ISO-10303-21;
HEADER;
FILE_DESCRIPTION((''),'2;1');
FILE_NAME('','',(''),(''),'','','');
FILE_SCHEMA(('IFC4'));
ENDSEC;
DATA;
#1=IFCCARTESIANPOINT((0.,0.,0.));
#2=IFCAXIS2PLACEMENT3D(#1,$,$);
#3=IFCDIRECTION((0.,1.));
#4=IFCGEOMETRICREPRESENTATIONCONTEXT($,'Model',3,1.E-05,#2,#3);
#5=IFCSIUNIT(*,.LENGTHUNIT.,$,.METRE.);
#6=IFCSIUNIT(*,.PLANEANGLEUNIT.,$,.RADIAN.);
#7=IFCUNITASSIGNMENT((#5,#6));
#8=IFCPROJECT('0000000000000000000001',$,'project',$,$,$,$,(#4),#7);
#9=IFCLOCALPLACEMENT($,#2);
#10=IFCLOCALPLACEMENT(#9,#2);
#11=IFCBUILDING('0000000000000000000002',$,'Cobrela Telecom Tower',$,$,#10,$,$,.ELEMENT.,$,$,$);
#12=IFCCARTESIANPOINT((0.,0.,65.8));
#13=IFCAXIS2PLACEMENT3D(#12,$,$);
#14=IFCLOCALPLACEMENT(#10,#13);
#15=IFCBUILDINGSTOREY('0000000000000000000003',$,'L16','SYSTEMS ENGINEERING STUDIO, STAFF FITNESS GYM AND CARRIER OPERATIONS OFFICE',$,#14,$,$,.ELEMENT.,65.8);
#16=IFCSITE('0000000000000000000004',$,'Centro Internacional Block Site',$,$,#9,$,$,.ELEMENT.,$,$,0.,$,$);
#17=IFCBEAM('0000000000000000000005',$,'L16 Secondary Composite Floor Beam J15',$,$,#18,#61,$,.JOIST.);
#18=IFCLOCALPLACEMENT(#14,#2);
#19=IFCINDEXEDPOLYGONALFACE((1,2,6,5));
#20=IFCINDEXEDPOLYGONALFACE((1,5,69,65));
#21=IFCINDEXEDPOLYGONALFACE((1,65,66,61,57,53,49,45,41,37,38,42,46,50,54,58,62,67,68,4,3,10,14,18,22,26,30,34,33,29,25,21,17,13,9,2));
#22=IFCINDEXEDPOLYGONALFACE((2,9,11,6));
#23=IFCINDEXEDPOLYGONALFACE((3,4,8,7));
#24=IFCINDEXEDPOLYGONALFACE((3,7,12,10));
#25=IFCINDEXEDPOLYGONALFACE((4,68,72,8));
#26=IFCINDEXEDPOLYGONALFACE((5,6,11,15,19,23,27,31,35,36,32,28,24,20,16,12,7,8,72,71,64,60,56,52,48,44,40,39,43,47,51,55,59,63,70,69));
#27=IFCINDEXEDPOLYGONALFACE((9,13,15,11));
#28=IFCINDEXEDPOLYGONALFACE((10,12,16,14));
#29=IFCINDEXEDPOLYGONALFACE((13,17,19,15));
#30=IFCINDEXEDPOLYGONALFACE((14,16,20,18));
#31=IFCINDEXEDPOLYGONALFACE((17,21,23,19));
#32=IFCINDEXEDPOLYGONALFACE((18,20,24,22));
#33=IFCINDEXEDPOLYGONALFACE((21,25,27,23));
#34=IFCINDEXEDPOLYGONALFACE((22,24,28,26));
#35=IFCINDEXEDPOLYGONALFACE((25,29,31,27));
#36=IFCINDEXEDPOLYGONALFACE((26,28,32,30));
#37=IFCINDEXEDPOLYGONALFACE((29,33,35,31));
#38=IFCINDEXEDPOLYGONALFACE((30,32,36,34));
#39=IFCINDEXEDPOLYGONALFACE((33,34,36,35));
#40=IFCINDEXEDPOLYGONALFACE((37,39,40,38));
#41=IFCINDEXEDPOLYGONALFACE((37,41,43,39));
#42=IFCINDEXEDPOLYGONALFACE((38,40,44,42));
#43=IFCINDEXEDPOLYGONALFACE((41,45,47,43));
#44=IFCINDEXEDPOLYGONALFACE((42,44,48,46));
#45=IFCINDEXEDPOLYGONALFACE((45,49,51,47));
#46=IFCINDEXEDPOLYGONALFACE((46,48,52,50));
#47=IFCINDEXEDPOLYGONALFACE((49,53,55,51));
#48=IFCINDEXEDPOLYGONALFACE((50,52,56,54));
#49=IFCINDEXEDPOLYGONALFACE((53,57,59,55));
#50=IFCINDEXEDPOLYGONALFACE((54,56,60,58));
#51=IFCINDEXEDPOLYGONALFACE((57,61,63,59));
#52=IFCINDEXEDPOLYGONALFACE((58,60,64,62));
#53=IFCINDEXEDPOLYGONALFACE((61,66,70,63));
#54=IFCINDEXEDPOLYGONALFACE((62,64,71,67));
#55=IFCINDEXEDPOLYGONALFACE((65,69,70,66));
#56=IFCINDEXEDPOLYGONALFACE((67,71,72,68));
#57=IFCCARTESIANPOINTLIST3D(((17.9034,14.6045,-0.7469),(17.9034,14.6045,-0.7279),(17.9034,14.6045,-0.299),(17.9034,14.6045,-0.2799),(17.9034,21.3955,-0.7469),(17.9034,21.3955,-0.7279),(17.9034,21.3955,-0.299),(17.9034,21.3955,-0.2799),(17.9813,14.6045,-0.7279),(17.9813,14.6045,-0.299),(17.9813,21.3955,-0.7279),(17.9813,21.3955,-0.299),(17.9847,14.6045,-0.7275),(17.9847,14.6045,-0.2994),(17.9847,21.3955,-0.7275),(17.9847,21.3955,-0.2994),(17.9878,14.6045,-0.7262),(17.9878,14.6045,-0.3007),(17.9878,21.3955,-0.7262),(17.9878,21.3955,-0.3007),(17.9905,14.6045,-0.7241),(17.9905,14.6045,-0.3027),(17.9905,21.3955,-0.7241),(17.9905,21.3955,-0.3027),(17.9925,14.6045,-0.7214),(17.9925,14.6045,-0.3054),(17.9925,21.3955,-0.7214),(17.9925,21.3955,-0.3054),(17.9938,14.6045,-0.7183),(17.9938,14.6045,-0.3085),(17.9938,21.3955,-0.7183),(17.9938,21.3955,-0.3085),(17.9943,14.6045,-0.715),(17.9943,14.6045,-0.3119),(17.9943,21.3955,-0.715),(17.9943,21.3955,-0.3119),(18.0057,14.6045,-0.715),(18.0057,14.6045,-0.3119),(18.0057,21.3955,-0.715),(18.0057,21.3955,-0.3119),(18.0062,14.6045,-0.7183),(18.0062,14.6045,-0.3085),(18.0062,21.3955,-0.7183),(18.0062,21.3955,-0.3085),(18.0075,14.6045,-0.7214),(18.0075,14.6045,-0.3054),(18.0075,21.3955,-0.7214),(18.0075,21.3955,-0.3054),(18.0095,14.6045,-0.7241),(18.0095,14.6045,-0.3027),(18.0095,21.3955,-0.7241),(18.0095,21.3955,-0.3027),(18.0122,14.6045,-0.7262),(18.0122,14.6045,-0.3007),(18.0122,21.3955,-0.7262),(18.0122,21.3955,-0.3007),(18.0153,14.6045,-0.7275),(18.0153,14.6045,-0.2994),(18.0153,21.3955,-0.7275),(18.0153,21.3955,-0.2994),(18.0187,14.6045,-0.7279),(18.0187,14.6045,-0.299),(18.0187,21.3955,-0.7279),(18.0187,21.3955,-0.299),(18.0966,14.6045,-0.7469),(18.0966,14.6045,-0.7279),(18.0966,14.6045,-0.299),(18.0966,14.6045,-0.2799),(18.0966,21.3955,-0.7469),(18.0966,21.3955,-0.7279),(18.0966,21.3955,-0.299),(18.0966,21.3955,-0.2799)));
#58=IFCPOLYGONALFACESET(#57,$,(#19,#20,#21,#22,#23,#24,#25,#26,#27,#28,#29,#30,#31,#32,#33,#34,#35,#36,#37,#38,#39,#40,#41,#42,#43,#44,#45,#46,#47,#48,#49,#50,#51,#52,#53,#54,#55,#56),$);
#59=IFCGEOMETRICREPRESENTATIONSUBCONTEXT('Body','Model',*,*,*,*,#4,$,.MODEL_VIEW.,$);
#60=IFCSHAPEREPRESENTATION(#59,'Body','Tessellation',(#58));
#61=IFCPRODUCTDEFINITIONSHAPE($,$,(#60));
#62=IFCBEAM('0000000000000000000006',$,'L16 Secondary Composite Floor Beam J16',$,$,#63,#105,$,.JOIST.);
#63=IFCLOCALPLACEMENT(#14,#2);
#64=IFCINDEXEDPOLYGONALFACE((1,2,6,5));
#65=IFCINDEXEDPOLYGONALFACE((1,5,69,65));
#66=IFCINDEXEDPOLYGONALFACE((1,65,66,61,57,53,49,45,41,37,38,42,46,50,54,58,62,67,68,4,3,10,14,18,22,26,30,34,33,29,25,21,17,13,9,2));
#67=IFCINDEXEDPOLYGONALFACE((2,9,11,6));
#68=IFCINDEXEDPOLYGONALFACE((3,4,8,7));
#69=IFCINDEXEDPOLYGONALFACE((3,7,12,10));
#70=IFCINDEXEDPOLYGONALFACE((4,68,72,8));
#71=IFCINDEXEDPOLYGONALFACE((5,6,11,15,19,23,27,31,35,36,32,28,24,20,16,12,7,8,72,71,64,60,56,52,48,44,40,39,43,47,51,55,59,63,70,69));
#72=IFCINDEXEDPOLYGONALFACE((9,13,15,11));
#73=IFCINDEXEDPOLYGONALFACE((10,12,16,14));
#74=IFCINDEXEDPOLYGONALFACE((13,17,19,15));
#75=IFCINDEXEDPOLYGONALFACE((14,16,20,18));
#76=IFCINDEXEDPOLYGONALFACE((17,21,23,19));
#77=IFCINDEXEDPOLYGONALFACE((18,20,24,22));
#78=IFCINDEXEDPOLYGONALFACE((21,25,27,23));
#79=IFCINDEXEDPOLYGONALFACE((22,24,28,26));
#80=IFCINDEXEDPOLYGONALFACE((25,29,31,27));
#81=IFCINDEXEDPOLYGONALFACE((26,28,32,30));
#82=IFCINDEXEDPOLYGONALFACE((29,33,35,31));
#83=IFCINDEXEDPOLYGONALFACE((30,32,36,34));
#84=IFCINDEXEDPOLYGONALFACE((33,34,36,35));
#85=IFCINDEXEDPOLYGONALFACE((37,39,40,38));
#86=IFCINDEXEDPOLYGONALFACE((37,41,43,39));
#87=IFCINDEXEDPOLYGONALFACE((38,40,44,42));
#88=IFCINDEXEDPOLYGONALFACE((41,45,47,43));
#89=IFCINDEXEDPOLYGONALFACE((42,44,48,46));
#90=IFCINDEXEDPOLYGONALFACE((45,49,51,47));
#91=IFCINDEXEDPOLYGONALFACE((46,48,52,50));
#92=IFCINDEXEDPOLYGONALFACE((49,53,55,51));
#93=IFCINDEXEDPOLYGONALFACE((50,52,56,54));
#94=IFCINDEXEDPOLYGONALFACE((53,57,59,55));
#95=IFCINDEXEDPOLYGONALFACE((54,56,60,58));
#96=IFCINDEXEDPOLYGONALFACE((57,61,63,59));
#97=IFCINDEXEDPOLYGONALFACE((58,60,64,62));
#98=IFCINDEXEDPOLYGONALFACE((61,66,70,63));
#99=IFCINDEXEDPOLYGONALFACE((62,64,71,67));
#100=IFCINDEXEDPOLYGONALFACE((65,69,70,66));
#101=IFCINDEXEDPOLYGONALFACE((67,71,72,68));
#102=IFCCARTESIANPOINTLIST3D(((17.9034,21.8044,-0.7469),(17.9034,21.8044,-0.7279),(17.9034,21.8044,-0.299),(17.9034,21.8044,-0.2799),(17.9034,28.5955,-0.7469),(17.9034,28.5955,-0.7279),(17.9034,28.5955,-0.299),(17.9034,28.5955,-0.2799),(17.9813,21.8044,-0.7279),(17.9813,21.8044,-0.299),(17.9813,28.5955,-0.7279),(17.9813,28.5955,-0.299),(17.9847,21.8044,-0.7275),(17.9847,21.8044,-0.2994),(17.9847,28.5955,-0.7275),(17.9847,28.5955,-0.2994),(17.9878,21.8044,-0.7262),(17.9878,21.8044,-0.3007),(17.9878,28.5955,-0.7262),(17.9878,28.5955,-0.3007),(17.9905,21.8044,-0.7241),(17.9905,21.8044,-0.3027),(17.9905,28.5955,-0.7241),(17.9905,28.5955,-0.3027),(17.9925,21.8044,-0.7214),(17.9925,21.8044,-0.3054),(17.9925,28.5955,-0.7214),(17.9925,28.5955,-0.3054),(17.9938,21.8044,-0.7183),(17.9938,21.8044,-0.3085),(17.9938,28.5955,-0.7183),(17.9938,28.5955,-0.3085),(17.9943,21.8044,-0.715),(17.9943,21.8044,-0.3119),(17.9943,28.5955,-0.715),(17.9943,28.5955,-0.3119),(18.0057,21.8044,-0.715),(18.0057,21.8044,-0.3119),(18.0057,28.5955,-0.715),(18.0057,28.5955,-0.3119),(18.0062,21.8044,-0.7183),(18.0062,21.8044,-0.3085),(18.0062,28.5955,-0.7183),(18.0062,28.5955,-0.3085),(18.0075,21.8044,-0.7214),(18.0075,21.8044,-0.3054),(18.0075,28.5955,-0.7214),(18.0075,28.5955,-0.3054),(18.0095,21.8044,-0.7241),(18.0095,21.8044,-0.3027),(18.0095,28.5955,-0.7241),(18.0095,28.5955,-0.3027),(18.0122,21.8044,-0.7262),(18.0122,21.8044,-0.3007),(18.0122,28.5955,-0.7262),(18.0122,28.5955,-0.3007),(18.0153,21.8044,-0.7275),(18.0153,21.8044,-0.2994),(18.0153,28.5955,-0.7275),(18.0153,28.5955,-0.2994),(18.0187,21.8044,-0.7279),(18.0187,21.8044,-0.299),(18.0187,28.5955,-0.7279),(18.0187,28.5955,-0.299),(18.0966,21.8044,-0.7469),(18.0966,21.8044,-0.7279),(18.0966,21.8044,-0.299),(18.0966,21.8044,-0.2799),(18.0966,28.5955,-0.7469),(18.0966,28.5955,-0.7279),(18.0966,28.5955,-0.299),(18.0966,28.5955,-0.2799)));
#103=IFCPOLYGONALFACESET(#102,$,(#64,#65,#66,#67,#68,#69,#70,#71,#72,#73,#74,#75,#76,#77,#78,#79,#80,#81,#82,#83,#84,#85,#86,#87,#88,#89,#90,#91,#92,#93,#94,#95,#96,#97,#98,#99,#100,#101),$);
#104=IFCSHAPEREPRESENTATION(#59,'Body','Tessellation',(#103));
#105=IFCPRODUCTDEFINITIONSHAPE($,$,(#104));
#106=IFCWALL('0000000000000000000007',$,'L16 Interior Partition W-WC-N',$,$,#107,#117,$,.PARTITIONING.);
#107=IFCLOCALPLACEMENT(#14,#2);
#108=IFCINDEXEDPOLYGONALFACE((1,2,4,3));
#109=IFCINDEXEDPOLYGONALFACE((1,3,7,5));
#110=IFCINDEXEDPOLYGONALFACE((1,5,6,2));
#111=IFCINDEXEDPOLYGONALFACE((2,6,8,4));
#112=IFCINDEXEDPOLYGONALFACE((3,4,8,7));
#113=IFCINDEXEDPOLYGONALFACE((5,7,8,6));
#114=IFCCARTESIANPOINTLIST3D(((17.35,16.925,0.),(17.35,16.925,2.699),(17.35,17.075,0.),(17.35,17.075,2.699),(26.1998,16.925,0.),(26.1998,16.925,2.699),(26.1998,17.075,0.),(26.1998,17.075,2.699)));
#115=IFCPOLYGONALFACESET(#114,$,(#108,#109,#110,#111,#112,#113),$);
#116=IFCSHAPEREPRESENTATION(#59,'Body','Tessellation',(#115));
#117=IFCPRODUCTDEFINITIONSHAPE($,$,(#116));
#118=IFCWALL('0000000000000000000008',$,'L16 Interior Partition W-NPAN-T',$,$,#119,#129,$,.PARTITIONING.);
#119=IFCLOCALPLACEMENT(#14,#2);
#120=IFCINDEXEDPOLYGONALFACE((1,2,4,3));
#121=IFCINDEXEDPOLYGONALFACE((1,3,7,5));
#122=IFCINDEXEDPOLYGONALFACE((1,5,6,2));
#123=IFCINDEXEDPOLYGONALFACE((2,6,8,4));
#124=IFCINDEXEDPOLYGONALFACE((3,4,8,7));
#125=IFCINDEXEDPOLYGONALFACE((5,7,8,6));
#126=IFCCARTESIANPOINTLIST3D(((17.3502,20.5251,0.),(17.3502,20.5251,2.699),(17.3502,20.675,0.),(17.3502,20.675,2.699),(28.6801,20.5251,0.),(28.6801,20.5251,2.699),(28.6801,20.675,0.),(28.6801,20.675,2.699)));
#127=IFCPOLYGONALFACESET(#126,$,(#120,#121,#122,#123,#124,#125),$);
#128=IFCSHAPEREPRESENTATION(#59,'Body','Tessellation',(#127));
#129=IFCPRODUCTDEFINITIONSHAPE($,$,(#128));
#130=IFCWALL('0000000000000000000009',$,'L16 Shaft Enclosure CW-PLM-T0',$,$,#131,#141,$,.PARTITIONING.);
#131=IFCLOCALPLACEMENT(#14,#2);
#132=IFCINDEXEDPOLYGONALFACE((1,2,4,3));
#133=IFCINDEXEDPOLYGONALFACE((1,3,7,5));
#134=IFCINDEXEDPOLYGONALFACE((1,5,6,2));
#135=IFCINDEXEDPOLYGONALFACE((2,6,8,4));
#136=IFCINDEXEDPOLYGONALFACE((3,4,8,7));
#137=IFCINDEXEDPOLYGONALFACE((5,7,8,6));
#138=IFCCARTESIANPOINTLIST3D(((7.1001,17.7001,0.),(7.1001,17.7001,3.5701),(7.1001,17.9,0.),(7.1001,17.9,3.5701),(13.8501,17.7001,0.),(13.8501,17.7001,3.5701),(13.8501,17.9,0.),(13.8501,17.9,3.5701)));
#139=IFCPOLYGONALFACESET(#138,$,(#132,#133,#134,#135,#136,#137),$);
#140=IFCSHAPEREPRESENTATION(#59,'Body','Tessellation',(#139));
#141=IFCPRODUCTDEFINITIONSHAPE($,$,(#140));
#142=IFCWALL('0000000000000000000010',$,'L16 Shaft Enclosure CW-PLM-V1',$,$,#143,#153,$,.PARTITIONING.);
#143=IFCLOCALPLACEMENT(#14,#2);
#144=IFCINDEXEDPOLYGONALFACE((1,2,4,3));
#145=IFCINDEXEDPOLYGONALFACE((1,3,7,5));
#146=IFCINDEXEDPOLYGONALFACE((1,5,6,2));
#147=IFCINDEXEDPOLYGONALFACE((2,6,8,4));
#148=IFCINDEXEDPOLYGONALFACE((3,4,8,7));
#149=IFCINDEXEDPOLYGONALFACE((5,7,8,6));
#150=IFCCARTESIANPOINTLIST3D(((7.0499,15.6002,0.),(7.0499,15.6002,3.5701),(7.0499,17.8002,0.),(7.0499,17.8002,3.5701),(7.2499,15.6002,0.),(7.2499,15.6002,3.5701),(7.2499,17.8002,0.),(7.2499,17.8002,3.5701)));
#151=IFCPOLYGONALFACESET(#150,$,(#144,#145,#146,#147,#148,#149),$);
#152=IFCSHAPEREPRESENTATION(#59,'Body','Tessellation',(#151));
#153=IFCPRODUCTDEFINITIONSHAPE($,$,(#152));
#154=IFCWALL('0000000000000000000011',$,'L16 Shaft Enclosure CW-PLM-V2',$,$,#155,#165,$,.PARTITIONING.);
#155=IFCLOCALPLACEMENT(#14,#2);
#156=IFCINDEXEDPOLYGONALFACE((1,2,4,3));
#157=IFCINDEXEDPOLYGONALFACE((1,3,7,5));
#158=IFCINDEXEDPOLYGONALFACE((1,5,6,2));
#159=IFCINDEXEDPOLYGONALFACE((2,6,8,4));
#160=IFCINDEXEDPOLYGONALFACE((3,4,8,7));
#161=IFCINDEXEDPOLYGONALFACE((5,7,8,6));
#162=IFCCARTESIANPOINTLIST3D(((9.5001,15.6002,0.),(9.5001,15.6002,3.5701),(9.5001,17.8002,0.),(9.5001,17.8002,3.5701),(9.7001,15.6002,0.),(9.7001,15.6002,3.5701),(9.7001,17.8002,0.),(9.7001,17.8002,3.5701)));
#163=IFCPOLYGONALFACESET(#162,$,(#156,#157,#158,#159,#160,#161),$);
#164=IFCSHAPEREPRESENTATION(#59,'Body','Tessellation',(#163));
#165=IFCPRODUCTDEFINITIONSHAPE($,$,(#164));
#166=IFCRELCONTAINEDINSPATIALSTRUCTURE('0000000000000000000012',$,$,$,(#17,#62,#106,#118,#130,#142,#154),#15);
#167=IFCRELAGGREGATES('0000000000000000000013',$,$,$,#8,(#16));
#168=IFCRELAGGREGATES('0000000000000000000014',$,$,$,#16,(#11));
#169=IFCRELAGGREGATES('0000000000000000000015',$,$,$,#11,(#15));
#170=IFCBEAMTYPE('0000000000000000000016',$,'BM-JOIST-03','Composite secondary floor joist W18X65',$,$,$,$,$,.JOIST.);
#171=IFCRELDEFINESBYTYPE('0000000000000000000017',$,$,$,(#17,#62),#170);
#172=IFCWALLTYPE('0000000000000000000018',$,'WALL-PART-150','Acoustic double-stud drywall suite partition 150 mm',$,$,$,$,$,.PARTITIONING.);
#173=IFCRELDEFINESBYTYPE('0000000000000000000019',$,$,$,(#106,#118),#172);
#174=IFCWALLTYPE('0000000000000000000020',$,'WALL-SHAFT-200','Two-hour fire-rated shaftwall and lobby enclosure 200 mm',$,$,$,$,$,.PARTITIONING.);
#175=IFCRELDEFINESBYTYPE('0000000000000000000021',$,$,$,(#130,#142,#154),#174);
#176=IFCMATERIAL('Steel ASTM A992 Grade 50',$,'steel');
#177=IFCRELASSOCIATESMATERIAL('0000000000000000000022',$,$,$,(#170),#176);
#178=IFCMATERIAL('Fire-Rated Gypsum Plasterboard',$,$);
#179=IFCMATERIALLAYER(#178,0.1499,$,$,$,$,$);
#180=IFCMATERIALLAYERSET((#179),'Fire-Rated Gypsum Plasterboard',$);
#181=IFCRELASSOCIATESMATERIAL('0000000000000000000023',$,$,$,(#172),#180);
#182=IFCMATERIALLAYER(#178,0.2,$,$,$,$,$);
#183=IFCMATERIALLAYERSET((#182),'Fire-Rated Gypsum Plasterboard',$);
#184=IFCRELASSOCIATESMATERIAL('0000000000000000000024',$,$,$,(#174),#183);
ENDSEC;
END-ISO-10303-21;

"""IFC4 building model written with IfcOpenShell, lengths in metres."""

from ifc_helpers import new_model, si_unit, direction, frame, frame_2d, origin, origin_2d, place, context, subcontext, project, spatial, rectangle, i_section, extrude, material, layer, layer_set, material_profile, profile_set, type_object, element, save


model = new_model("IFC4")

# Units and contexts
model_context = context("Model", 3, precision=1e-05, world=origin(), true_north=direction((0.0, 1.0)))
body_context = subcontext(model_context, "Body", "Model", "MODEL_VIEW")
ifc_project = project(units=[si_unit("LENGTHUNIT", "METRE"), si_unit("PLANEANGLEUNIT", "RADIAN")], contexts=[model_context])

# Site, building, storey
site_placement = place(None, origin())
site = spatial("IfcSite", under=ifc_project, at=site_placement, Name="Centro Internacional Block Site", CompositionType="ELEMENT", RefElevation=0.0)
building_placement = place(site_placement, origin())
building = spatial("IfcBuilding", under=site, at=building_placement, Name="Cobrela Telecom Tower", CompositionType="ELEMENT")
storey_placement = place(building_placement, frame((0.0, 0.0, 65.8)))
storey = spatial("IfcBuildingStorey", under=building, at=storey_placement, Name="L16", Description="SYSTEMS ENGINEERING STUDIO, STAFF FITNESS GYM AND CARRIER OPERATIONS OFFICE", CompositionType="ELEMENT", Elevation=65.8)

# Beams
ifc_material_1 = material(Name="Steel ASTM A992 Grade 50", Category="steel")
ifc_material_profile_1 = material_profile(ifc_material_1, i_section(OverallWidth=0.1931, OverallDepth=0.467, WebThickness=0.0115, FlangeThickness=0.019, FilletRadius=0.0129, at=origin_2d()), Name="W18X65")
ifc_profile_set_1 = profile_set([ifc_material_profile_1], Name="Steel ASTM A992 Grade 50")
beam_type_1 = type_object("IfcBeamType", Name="BM-JOIST-03", Description="Composite secondary floor joist W18X65", PredefinedType="JOIST", material=ifc_profile_set_1)
for number, where, z_axis, x_axis, name in (
    (1, (18.0, 14.6045, -0.5134), (0.0, 1.0, 0.0), (-1.0, 0.0, 0.0), "L16 Secondary Composite Floor Beam J15"),
    (2, (18.0, 21.8044, -0.5134), (0.0, 1.0, 0.0), (-1.0, 0.0, 0.0), "L16 Secondary Composite Floor Beam J16"),
):
    element("IfcBeam", number, at=place(storey_placement, frame(where, z_axis=z_axis, x_axis=x_axis)), inside=storey, type_object=beam_type_1, Name=name, PredefinedType="JOIST", context=body_context, shape_type="SweptSolid", body=[
        extrude(i_section(OverallWidth=0.1931, OverallDepth=0.467, WebThickness=0.0115, FlangeThickness=0.019, FilletRadius=0.0129, at=origin_2d()), origin(), (0.0, 0.0, 1.0), 6.791),
    ])

# Walls
ifc_material_2 = material(Name="Fire-Rated Gypsum Plasterboard")
ifc_layer_1 = layer(ifc_material_2, 0.1499)
ifc_layer_set_1 = layer_set([ifc_layer_1], Name="Fire-Rated Gypsum Plasterboard")
wall_type_1 = type_object("IfcWallType", Name="WALL-PART-150", Description="Acoustic double-stud drywall suite partition 150 mm", PredefinedType="PARTITIONING", material=ifc_layer_set_1)
wall_1_placement = place(storey_placement, frame((17.3501, 17.0, 0.0), z_axis=(0.0, 0.0, 1.0), x_axis=(1.0, 0.0, 0.0)))
element("IfcWall", 3, at=wall_1_placement, inside=storey, type_object=wall_type_1, Name="L16 Interior Partition W-WC-N", PredefinedType="PARTITIONING", context=body_context, shape_type="SweptSolid", body=[
    extrude(rectangle(XDim=8.8499, YDim=0.1499, at=frame_2d((4.4248, 0.0))), origin(), (0.0, 0.0, 1.0), 2.699),
])
wall_2_placement = place(storey_placement, frame((17.3501, 20.6001, 0.0), z_axis=(0.0, 0.0, 1.0), x_axis=(1.0, 0.0, 0.0)))
element("IfcWall", 4, at=wall_2_placement, inside=storey, type_object=wall_type_1, Name="L16 Interior Partition W-NPAN-T", PredefinedType="PARTITIONING", context=body_context, shape_type="SweptSolid", body=[
    extrude(rectangle(XDim=11.3298, YDim=0.1499, at=frame_2d((5.665, 0.0))), origin(), (0.0, 0.0, 1.0), 2.699),
])
ifc_layer_2 = layer(ifc_material_2, 0.2)
ifc_layer_set_2 = layer_set([ifc_layer_2], Name="Fire-Rated Gypsum Plasterboard")
wall_type_2 = type_object("IfcWallType", Name="WALL-SHAFT-200", Description="Two-hour fire-rated shaftwall and lobby enclosure 200 mm", PredefinedType="PARTITIONING", material=ifc_layer_set_2)
wall_3_placement = place(storey_placement, frame((7.1001, 17.8, 0.0), z_axis=(0.0, 0.0, 1.0), x_axis=(1.0, 0.0, 0.0)))
element("IfcWall", 5, at=wall_3_placement, inside=storey, type_object=wall_type_2, Name="L16 Shaft Enclosure CW-PLM-T0", PredefinedType="PARTITIONING", context=body_context, shape_type="SweptSolid", body=[
    extrude(rectangle(XDim=6.75, YDim=0.2, at=frame_2d((3.375, 0.0))), origin(), (0.0, 0.0, 1.0), 3.5701),
])
for number, where, z_axis, x_axis, name in (
    (6, (7.1499, 15.6001, 0.0), (0.0, 0.0, 1.0), (0.0, 1.0, 0.0), "L16 Shaft Enclosure CW-PLM-V1"),
    (7, (9.6001, 15.6001, 0.0), (0.0, 0.0, 1.0), (0.0, 1.0, 0.0), "L16 Shaft Enclosure CW-PLM-V2"),
):
    element("IfcWall", number, at=place(storey_placement, frame(where, z_axis=z_axis, x_axis=x_axis)), inside=storey, type_object=wall_type_2, Name=name, PredefinedType="PARTITIONING", context=body_context, shape_type="SweptSolid", body=[
        extrude(rectangle(XDim=2.2, YDim=0.2, at=frame_2d((1.1001, 0.0))), origin(), (0.0, 0.0, 1.0), 3.5701),
    ])

save(model, "model.ifc")
